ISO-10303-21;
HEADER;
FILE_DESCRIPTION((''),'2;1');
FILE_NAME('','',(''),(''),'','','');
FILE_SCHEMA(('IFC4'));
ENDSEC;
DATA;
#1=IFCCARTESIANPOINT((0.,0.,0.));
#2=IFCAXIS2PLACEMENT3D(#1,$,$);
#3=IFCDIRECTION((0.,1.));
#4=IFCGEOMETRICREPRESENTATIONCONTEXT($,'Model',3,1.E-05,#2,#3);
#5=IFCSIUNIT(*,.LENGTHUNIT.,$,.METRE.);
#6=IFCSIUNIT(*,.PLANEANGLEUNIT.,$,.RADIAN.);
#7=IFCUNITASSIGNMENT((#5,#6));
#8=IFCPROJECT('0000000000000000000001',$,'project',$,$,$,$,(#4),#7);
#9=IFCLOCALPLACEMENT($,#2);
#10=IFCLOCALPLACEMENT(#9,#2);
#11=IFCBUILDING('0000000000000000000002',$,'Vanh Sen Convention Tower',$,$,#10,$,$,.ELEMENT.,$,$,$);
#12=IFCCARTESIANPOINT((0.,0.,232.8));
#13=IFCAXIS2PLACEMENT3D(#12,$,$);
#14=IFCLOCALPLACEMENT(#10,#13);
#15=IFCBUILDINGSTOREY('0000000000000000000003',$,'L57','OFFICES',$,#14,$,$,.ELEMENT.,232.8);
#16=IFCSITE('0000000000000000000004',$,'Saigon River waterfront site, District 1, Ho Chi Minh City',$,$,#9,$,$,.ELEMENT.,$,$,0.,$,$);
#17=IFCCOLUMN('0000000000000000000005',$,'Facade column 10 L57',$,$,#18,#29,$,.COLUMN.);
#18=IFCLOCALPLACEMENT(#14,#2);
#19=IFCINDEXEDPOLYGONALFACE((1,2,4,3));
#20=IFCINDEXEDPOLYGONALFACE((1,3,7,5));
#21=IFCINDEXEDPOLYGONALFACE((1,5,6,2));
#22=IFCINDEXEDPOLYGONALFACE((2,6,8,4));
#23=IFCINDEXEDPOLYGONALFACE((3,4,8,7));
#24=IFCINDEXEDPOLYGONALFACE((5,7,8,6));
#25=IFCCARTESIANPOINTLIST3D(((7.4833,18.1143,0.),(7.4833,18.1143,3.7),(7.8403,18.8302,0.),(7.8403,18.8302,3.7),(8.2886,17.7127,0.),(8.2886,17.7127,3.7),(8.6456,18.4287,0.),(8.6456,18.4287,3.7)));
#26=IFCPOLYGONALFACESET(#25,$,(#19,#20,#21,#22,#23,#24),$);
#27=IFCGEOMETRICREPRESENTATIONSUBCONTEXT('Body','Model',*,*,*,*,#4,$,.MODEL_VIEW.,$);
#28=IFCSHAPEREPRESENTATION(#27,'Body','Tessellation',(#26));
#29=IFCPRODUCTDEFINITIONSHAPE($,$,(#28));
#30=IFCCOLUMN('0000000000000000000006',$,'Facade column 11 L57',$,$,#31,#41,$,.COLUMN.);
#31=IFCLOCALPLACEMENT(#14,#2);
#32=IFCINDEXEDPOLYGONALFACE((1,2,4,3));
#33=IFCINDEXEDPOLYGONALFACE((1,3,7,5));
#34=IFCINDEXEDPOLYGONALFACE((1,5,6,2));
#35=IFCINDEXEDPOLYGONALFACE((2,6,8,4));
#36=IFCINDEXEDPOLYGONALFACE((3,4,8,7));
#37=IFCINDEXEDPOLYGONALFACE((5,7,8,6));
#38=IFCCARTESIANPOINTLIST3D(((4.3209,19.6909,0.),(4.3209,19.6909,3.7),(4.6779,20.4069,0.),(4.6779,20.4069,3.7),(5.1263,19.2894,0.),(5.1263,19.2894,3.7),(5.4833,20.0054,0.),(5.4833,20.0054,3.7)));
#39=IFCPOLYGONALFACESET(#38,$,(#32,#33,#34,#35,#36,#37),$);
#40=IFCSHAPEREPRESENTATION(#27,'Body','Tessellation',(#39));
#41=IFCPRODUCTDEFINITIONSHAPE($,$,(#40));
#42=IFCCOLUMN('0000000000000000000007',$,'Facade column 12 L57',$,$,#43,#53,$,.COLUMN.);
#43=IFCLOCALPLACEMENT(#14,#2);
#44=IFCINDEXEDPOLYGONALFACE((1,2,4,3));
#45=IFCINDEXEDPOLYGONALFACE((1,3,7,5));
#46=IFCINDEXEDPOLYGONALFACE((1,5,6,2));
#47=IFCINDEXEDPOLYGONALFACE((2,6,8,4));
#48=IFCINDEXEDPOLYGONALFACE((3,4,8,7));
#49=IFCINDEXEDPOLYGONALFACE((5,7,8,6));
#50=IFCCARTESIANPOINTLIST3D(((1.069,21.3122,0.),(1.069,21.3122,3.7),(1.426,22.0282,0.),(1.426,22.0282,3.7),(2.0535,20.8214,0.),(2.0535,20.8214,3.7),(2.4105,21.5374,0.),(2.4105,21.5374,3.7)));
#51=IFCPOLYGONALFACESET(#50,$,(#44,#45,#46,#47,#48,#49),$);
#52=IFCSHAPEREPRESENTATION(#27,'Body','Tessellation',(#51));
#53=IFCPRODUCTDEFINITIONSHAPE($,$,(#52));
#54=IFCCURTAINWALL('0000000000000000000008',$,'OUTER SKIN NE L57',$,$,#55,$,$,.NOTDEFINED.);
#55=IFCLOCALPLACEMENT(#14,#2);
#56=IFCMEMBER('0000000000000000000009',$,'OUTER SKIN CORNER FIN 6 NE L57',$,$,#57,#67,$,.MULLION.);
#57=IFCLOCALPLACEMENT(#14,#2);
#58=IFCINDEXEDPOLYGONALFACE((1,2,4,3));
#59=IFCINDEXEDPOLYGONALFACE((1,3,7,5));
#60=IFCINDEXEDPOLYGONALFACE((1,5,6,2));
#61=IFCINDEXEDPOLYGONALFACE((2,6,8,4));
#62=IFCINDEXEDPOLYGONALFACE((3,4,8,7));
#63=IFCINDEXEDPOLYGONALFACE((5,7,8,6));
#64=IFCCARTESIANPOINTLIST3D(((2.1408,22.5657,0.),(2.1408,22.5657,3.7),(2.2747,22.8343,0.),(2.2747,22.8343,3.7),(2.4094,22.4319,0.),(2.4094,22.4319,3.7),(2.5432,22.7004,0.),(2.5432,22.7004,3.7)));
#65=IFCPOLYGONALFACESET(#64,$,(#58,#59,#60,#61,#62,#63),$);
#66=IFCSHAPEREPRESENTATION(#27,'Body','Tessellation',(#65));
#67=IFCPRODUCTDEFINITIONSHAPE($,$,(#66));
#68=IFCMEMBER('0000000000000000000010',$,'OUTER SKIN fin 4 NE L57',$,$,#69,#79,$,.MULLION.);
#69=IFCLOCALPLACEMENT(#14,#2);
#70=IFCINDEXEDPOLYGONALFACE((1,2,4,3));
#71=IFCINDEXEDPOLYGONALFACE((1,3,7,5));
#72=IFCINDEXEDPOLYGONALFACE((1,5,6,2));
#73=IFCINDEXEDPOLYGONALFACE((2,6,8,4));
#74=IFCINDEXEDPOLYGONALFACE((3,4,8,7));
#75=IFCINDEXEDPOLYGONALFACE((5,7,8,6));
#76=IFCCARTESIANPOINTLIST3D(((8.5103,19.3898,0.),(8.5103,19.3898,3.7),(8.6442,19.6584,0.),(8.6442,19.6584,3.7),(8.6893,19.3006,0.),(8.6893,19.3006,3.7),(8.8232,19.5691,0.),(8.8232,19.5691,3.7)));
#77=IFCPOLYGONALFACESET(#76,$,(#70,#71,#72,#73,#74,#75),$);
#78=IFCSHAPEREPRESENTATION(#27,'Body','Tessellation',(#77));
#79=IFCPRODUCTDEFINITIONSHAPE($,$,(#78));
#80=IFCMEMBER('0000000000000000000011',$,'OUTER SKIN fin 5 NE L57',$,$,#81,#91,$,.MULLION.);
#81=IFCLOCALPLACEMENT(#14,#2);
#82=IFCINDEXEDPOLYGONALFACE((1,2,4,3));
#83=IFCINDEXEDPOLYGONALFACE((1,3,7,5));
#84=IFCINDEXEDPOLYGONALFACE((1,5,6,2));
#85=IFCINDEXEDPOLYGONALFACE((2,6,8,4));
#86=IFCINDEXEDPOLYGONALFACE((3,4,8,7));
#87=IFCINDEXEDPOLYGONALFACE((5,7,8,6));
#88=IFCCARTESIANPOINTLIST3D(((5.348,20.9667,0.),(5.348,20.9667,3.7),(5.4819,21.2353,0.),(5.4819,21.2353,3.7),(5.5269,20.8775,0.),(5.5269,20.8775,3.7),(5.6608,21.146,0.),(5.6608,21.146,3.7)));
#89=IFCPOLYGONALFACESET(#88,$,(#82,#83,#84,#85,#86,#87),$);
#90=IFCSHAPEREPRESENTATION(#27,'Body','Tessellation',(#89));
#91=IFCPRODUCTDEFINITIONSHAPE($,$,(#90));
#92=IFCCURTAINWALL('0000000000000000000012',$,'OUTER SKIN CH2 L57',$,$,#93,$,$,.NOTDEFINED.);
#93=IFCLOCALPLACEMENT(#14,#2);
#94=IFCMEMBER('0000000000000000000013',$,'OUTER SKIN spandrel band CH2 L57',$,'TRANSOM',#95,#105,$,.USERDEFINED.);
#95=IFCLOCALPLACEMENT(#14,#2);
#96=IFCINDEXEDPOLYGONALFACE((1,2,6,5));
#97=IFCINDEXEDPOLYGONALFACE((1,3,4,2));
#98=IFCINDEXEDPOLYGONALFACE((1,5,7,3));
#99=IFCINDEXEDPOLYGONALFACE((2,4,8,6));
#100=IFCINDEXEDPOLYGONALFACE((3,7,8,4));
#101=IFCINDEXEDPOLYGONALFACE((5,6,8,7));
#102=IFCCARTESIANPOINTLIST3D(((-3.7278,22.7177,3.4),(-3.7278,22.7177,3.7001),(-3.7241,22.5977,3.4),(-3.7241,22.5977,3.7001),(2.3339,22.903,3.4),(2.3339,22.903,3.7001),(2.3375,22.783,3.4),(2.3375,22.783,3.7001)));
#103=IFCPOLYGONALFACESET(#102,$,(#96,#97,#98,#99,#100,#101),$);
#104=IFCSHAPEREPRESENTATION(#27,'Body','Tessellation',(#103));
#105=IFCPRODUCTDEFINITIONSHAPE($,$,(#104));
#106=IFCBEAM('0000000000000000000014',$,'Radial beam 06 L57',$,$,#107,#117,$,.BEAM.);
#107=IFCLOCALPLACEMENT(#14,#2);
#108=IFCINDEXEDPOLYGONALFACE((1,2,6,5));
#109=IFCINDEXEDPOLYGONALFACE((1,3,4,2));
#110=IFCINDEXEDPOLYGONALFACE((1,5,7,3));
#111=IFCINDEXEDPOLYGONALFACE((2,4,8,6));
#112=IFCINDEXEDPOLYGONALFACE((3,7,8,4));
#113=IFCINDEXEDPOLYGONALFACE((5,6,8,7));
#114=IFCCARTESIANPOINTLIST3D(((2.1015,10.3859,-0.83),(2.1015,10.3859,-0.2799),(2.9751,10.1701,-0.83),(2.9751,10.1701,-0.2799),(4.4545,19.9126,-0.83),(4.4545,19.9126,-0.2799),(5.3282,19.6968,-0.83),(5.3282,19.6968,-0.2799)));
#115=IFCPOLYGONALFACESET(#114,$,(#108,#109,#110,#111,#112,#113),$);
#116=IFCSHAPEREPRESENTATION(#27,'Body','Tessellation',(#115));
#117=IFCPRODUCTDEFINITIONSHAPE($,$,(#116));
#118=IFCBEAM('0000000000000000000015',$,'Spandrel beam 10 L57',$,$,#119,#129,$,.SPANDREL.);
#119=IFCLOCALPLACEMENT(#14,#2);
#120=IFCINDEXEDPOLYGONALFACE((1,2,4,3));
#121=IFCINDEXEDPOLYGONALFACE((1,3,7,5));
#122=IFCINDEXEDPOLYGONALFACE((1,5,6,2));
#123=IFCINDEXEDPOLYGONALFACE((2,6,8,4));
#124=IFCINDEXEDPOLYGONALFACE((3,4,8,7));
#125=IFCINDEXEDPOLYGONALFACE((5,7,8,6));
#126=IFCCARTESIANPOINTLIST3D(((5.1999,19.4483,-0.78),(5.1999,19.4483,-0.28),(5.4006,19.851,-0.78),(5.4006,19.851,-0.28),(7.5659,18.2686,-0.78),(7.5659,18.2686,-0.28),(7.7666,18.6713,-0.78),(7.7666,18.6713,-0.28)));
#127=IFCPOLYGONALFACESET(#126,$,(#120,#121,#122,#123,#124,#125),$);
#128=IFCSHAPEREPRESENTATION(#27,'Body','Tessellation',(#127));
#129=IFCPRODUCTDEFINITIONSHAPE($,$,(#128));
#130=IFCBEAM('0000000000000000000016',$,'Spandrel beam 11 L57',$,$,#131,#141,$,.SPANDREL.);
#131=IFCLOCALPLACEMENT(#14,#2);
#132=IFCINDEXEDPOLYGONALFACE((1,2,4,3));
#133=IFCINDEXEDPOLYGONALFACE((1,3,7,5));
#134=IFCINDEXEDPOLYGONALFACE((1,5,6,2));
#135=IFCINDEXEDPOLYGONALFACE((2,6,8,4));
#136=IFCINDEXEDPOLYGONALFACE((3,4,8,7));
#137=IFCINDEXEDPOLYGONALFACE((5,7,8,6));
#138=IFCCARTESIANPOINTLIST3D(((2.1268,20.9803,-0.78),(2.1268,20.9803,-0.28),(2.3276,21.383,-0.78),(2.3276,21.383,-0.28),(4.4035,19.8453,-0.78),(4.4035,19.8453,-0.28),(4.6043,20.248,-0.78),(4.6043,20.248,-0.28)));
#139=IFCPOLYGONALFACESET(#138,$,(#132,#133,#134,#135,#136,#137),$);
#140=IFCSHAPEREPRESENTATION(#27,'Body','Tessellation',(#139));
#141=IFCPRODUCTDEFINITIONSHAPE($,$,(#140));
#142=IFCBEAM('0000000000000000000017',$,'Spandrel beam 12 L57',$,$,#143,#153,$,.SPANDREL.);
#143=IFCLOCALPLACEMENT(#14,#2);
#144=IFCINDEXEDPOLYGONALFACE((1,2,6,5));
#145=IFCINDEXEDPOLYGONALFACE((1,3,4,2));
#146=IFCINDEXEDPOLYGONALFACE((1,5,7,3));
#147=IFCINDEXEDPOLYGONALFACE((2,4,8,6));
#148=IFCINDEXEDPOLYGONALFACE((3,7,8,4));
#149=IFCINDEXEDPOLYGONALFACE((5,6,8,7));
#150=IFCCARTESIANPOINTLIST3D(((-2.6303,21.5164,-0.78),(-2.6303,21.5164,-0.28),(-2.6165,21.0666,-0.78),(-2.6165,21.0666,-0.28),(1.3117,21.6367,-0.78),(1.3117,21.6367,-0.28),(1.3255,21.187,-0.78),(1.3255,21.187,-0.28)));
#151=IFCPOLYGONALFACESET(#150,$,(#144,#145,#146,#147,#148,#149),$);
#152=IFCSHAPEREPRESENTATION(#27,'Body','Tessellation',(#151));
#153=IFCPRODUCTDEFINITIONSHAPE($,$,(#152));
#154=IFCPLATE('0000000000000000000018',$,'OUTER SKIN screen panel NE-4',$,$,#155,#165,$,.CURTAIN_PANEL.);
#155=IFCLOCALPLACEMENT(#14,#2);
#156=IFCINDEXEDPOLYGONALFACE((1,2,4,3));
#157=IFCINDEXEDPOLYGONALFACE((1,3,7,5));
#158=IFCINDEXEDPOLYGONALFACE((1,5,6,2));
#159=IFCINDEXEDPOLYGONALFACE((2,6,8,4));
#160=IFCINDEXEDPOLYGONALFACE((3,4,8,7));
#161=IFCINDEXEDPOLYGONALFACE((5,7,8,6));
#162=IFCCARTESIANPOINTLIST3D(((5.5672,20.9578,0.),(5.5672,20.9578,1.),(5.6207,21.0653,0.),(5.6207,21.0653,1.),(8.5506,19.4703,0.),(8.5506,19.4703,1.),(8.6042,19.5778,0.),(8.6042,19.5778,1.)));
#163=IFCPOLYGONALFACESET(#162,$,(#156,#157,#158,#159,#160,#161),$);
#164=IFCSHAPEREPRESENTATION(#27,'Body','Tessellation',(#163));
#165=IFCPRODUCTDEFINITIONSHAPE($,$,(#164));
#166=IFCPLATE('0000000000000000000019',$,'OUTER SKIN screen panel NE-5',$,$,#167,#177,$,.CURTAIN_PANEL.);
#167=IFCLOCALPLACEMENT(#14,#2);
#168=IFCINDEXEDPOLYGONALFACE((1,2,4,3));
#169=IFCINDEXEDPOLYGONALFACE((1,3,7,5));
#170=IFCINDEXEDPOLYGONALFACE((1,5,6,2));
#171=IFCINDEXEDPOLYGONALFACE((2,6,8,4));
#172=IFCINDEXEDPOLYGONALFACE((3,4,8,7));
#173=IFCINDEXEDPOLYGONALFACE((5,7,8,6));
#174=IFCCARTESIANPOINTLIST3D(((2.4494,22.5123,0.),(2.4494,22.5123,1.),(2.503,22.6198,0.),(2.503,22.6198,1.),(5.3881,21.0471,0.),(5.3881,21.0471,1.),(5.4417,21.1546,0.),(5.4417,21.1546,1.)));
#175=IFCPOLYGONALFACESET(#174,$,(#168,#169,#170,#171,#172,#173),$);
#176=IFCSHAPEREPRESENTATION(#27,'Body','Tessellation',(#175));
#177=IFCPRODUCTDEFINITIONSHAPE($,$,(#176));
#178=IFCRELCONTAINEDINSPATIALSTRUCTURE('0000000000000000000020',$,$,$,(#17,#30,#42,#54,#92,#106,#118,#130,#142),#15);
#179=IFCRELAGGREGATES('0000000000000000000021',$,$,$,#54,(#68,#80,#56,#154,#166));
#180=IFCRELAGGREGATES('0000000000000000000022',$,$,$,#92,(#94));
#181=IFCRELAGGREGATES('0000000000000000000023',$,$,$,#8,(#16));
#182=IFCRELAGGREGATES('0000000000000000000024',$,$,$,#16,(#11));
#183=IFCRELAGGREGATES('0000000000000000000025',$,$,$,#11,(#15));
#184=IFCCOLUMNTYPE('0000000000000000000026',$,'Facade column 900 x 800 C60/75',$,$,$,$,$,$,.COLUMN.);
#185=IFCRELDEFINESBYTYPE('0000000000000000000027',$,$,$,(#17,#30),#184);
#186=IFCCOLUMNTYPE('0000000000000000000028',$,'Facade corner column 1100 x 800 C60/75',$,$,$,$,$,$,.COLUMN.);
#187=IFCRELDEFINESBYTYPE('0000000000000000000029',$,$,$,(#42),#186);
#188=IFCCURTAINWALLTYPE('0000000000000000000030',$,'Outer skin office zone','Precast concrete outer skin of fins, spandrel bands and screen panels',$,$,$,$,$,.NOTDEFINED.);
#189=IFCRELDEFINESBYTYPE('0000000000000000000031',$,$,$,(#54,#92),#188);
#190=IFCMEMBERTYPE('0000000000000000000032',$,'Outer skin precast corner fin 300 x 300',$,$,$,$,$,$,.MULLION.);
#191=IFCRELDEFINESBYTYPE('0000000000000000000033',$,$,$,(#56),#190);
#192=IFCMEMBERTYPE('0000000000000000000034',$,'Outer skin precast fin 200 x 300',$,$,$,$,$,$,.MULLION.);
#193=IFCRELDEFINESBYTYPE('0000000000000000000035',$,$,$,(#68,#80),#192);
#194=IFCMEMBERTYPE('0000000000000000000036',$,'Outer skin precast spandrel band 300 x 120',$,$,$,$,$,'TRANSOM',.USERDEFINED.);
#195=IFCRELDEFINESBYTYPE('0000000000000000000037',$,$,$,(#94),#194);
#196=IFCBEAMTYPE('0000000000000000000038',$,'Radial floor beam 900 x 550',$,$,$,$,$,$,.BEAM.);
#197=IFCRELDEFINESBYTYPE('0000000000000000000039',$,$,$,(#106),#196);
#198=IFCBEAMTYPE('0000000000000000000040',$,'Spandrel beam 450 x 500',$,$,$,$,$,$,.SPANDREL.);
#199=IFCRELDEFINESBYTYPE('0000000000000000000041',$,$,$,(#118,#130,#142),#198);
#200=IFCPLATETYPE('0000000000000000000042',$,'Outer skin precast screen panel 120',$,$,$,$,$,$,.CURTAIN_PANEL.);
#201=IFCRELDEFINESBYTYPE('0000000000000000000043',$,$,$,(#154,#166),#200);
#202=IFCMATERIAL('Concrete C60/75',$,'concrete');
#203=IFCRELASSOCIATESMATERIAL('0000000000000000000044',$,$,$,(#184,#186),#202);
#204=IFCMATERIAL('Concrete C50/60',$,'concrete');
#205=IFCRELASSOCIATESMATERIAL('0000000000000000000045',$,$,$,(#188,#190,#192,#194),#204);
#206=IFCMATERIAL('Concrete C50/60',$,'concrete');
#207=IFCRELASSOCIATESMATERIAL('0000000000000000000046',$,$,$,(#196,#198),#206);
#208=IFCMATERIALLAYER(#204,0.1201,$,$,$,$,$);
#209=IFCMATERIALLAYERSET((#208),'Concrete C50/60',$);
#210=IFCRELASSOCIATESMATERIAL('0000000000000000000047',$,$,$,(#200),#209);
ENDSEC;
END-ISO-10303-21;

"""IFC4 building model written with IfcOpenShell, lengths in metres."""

from ifc_helpers import new_model, si_unit, direction, frame, origin, origin_2d, place, context, subcontext, project, spatial, rectangle, extrude, material, layer, layer_set, material_profile, profile_set, type_object, element, aggregate, save


model = new_model("IFC4")

# Units and contexts
model_context = context("Model", 3, precision=1e-05, world=origin(), true_north=direction((0.0, 1.0)))
body_context = subcontext(model_context, "Body", "Model", "MODEL_VIEW")
ifc_project = project(units=[si_unit("LENGTHUNIT", "METRE"), si_unit("PLANEANGLEUNIT", "RADIAN")], contexts=[model_context])

# Site, building, storey
site_placement = place(None, origin())
site = spatial("IfcSite", under=ifc_project, at=site_placement, Name="Saigon River waterfront site, District 1, Ho Chi Minh City", CompositionType="ELEMENT", RefElevation=0.0)
building_placement = place(site_placement, origin())
building = spatial("IfcBuilding", under=site, at=building_placement, Name="Vanh Sen Convention Tower", CompositionType="ELEMENT")
storey_placement = place(building_placement, frame((0.0, 0.0, 232.8)))
storey = spatial("IfcBuildingStorey", under=building, at=storey_placement, Name="L57", Description="OFFICES", CompositionType="ELEMENT", Elevation=232.8)

# Columns
ifc_material_1 = material(Name="Concrete C60/75", Category="concrete")
ifc_material_profile_1 = material_profile(ifc_material_1, rectangle(XDim=0.8999, YDim=0.8, at=origin_2d()), Name="RC 900X800")
ifc_profile_set_1 = profile_set([ifc_material_profile_1], Name="Concrete C60/75")
column_type_1 = type_object("IfcColumnType", Name="Facade column 900 x 800 C60/75", PredefinedType="COLUMN", material=ifc_profile_set_1)
for number, where, z_axis, x_axis, name in (
    (1, (8.0645, 18.2715, 0.0), (0.0, 0.0, 1.0), (-0.894934, 0.446198, 0.0), "Facade column 10 L57"),
    (2, (4.9021, 19.8481, 0.0), (0.0, 0.0, 1.0), (-0.894934, 0.446198, 0.0), "Facade column 11 L57"),
):
    element("IfcColumn", number, at=place(storey_placement, frame(where, z_axis=z_axis, x_axis=x_axis)), inside=storey, type_object=column_type_1, Name=name, PredefinedType="COLUMN", context=body_context, shape_type="SweptSolid", body=[
        extrude(rectangle(XDim=0.8999, YDim=0.8, at=origin_2d()), origin(), (0.0, 0.0, 1.0), 3.7),
    ])
ifc_material_profile_2 = material_profile(ifc_material_1, rectangle(XDim=1.1001, YDim=0.8, at=origin_2d()), Name="RC 1100X800")
ifc_profile_set_2 = profile_set([ifc_material_profile_2], Name="Concrete C60/75")
column_type_2 = type_object("IfcColumnType", Name="Facade corner column 1100 x 800 C60/75", PredefinedType="COLUMN", material=ifc_profile_set_2)
column_placement = place(storey_placement, frame((1.7397, 21.4248, 0.0), z_axis=(0.0, 0.0, 1.0), x_axis=(-0.894934, 0.446198, 0.0)))
element("IfcColumn", 3, at=column_placement, inside=storey, type_object=column_type_2, Name="Facade column 12 L57", PredefinedType="COLUMN", context=body_context, shape_type="SweptSolid", body=[
    extrude(rectangle(XDim=1.1001, YDim=0.8, at=origin_2d()), origin(), (0.0, 0.0, 1.0), 3.7),
])

# Curtain wall, members
ifc_material_2 = material(Name="Concrete C50/60", Category="concrete")
curtain_wall_type = type_object("IfcCurtainWallType", Name="Outer skin office zone", Description="Precast concrete outer skin of fins, spandrel bands and screen panels", PredefinedType="NOTDEFINED", material=ifc_material_2)
curtain_wall_1_placement = place(storey_placement, origin())
curtain_wall_1 = element("IfcCurtainWall", 4, at=curtain_wall_1_placement, inside=storey, type_object=curtain_wall_type, Name="OUTER SKIN NE L57", PredefinedType="NOTDEFINED")
ifc_material_profile_3 = material_profile(ifc_material_2, rectangle(XDim=0.3, YDim=0.3, at=origin_2d()), Name="Outer skin precast corner fin 300 x 300")
ifc_profile_set_3 = profile_set([ifc_material_profile_3], Name="Concrete C50/60")
member_type_1 = type_object("IfcMemberType", Name="Outer skin precast corner fin 300 x 300", PredefinedType="MULLION", material=ifc_profile_set_3)
member_1_placement = place(storey_placement, frame((2.342, 22.6331, 0.0), z_axis=(0.0, 0.0, 1.0), x_axis=(-0.894934, 0.446198, 0.0)))
member_1 = element("IfcMember", 5, at=member_1_placement, type_object=member_type_1, Name="OUTER SKIN CORNER FIN 6 NE L57", PredefinedType="MULLION", context=body_context, shape_type="SweptSolid", body=[
    extrude(rectangle(XDim=0.3, YDim=0.3, at=origin_2d()), origin(), (0.0, 0.0, 1.0), 3.7),
])
ifc_material_profile_4 = material_profile(ifc_material_2, rectangle(XDim=0.2, YDim=0.3, at=origin_2d()), Name="Outer skin precast fin 200 x 300")
ifc_profile_set_4 = profile_set([ifc_material_profile_4], Name="Concrete C50/60")
member_type_2 = type_object("IfcMemberType", Name="Outer skin precast fin 200 x 300", PredefinedType="MULLION", material=ifc_profile_set_4)
member_2_placement = place(storey_placement, frame((8.6667, 19.4795, 0.0), z_axis=(0.0, 0.0, 1.0), x_axis=(-0.894934, 0.446198, 0.0)))
member_2 = element("IfcMember", 6, at=member_2_placement, type_object=member_type_2, Name="OUTER SKIN fin 4 NE L57", PredefinedType="MULLION", context=body_context, shape_type="SweptSolid", body=[
    extrude(rectangle(XDim=0.2, YDim=0.3, at=origin_2d()), origin(), (0.0, 0.0, 1.0), 3.7),
])
member_3_placement = place(storey_placement, frame((5.5044, 21.0564, 0.0), z_axis=(0.0, 0.0, 1.0), x_axis=(-0.894934, 0.446198, 0.0)))
member_3 = element("IfcMember", 7, at=member_3_placement, type_object=member_type_2, Name="OUTER SKIN fin 5 NE L57", PredefinedType="MULLION", context=body_context, shape_type="SweptSolid", body=[
    extrude(rectangle(XDim=0.2, YDim=0.3, at=origin_2d()), origin(), (0.0, 0.0, 1.0), 3.7),
])

# Curtain wall, member
curtain_wall_2_placement = place(storey_placement, origin())
curtain_wall_2 = element("IfcCurtainWall", 8, at=curtain_wall_2_placement, inside=storey, type_object=curtain_wall_type, Name="OUTER SKIN CH2 L57", PredefinedType="NOTDEFINED")
ifc_material_profile_5 = material_profile(ifc_material_2, rectangle(XDim=0.1201, YDim=0.3, at=origin_2d()), Name="Outer skin precast spandrel band 300 x 120")
ifc_profile_set_5 = profile_set([ifc_material_profile_5], Name="Concrete C50/60")
member_type_3 = type_object("IfcMemberType", Name="Outer skin precast spandrel band 300 x 120", ElementType="TRANSOM", PredefinedType="USERDEFINED", material=ifc_profile_set_5)
member_4_placement = place(storey_placement, frame((2.3357, 22.843, 3.55), z_axis=(-0.999533, -0.030556, 0.0), x_axis=(0.030556, -0.999533, 0.0)))
member_4 = element("IfcMember", 9, at=member_4_placement, type_object=member_type_3, Name="OUTER SKIN spandrel band CH2 L57", ObjectType="TRANSOM", PredefinedType="USERDEFINED", context=body_context, shape_type="SweptSolid", body=[
    extrude(rectangle(XDim=0.1201, YDim=0.3, at=origin_2d()), origin(), (0.0, 0.0, 1.0), 6.0645),
])

# Beams
ifc_material_3 = material(Name="Concrete C50/60", Category="concrete")
ifc_material_profile_6 = material_profile(ifc_material_3, rectangle(XDim=0.8999, YDim=0.55, at=origin_2d()), Name="RC 900X550")
ifc_profile_set_6 = profile_set([ifc_material_profile_6], Name="Concrete C50/60")
beam_type_1 = type_object("IfcBeamType", Name="Radial floor beam 900 x 550", PredefinedType="BEAM", material=ifc_profile_set_6)
beam_1_placement = place(storey_placement, frame((4.8914, 19.8047, -0.5549), z_axis=(-0.239789, -0.970825, 0.0), x_axis=(0.970825, -0.239789, 0.0)))
element("IfcBeam", 10, at=beam_1_placement, inside=storey, type_object=beam_type_1, Name="Radial beam 06 L57", PredefinedType="BEAM", context=body_context, shape_type="SweptSolid", body=[
    extrude(rectangle(XDim=0.8999, YDim=0.55, at=origin_2d()), origin(), (0.0, 0.0, 1.0), 9.813),
])
ifc_material_profile_7 = material_profile(ifc_material_3, rectangle(XDim=0.45, YDim=0.5, at=origin_2d()), Name="RC 450X500")
ifc_profile_set_7 = profile_set([ifc_material_profile_7], Name="Concrete C50/60")
beam_type_2 = type_object("IfcBeamType", Name="Spandrel beam 450 x 500", PredefinedType="SPANDREL", material=ifc_profile_set_7)
beam_2_placement = place(storey_placement, frame((7.6663, 18.47, -0.53), z_axis=(-0.894925, 0.446216, 0.0), x_axis=(-0.446216, -0.894925, 0.0)))
element("IfcBeam", 11, at=beam_2_placement, inside=storey, type_object=beam_type_2, Name="Spandrel beam 10 L57", PredefinedType="SPANDREL", context=body_context, shape_type="SweptSolid", body=[
    extrude(rectangle(XDim=0.45, YDim=0.5, at=origin_2d()), origin(), (0.0, 0.0, 1.0), 2.6438),
])
beam_3_placement = place(storey_placement, frame((4.5039, 20.0466, -0.53), z_axis=(-0.894945, 0.446177, 0.0), x_axis=(-0.446177, -0.894945, 0.0)))
element("IfcBeam", 12, at=beam_3_placement, inside=storey, type_object=beam_type_2, Name="Spandrel beam 11 L57", PredefinedType="SPANDREL", context=body_context, shape_type="SweptSolid", body=[
    extrude(rectangle(XDim=0.45, YDim=0.5, at=origin_2d()), origin(), (0.0, 0.0, 1.0), 2.5439),
])
beam_4_placement = place(storey_placement, frame((1.3186, 21.4119, -0.53), z_axis=(-0.999534, -0.03052, 0.0), x_axis=(0.03052, -0.999534, 0.0)))
element("IfcBeam", 13, at=beam_4_placement, inside=storey, type_object=beam_type_2, Name="Spandrel beam 12 L57", PredefinedType="SPANDREL", context=body_context, shape_type="SweptSolid", body=[
    extrude(rectangle(XDim=0.45, YDim=0.5, at=origin_2d()), origin(), (0.0, 0.0, 1.0), 3.9438),
])

# Plates
ifc_layer_1 = layer(ifc_material_2, 0.1201)
ifc_layer_set_1 = layer_set([ifc_layer_1], Name="Concrete C50/60")
plate_type = type_object("IfcPlateType", Name="Outer skin precast screen panel 120", PredefinedType="CURTAIN_PANEL", material=ifc_layer_set_1)
plate_1_placement = place(storey_placement, frame((7.0857, 20.2678, 0.0), z_axis=(0.0, 0.0, 1.0), x_axis=(-0.894936, 0.446195, 0.0)))
plate_1 = element("IfcPlate", 14, at=plate_1_placement, type_object=plate_type, Name="OUTER SKIN screen panel NE-4", PredefinedType="CURTAIN_PANEL", context=body_context, shape_type="SweptSolid", body=[
    extrude(rectangle(XDim=3.3337, YDim=0.1201, at=origin_2d()), origin(), (0.0, 0.0, 1.0), 1.0),
])
plate_2_placement = place(storey_placement, frame((3.9456, 21.8335, 0.0), z_axis=(0.0, 0.0, 1.0), x_axis=(-0.89493, 0.446206, 0.0)))
plate_2 = element("IfcPlate", 15, at=plate_2_placement, type_object=plate_type, Name="OUTER SKIN screen panel NE-5", PredefinedType="CURTAIN_PANEL", context=body_context, shape_type="SweptSolid", body=[
    extrude(rectangle(XDim=3.2837, YDim=0.1201, at=origin_2d()), origin(), (0.0, 0.0, 1.0), 1.0),
])
aggregate(curtain_wall_1, [member_2, member_3, member_1, plate_1, plate_2])
aggregate(curtain_wall_2, [member_4])

save(model, "model.ifc")
